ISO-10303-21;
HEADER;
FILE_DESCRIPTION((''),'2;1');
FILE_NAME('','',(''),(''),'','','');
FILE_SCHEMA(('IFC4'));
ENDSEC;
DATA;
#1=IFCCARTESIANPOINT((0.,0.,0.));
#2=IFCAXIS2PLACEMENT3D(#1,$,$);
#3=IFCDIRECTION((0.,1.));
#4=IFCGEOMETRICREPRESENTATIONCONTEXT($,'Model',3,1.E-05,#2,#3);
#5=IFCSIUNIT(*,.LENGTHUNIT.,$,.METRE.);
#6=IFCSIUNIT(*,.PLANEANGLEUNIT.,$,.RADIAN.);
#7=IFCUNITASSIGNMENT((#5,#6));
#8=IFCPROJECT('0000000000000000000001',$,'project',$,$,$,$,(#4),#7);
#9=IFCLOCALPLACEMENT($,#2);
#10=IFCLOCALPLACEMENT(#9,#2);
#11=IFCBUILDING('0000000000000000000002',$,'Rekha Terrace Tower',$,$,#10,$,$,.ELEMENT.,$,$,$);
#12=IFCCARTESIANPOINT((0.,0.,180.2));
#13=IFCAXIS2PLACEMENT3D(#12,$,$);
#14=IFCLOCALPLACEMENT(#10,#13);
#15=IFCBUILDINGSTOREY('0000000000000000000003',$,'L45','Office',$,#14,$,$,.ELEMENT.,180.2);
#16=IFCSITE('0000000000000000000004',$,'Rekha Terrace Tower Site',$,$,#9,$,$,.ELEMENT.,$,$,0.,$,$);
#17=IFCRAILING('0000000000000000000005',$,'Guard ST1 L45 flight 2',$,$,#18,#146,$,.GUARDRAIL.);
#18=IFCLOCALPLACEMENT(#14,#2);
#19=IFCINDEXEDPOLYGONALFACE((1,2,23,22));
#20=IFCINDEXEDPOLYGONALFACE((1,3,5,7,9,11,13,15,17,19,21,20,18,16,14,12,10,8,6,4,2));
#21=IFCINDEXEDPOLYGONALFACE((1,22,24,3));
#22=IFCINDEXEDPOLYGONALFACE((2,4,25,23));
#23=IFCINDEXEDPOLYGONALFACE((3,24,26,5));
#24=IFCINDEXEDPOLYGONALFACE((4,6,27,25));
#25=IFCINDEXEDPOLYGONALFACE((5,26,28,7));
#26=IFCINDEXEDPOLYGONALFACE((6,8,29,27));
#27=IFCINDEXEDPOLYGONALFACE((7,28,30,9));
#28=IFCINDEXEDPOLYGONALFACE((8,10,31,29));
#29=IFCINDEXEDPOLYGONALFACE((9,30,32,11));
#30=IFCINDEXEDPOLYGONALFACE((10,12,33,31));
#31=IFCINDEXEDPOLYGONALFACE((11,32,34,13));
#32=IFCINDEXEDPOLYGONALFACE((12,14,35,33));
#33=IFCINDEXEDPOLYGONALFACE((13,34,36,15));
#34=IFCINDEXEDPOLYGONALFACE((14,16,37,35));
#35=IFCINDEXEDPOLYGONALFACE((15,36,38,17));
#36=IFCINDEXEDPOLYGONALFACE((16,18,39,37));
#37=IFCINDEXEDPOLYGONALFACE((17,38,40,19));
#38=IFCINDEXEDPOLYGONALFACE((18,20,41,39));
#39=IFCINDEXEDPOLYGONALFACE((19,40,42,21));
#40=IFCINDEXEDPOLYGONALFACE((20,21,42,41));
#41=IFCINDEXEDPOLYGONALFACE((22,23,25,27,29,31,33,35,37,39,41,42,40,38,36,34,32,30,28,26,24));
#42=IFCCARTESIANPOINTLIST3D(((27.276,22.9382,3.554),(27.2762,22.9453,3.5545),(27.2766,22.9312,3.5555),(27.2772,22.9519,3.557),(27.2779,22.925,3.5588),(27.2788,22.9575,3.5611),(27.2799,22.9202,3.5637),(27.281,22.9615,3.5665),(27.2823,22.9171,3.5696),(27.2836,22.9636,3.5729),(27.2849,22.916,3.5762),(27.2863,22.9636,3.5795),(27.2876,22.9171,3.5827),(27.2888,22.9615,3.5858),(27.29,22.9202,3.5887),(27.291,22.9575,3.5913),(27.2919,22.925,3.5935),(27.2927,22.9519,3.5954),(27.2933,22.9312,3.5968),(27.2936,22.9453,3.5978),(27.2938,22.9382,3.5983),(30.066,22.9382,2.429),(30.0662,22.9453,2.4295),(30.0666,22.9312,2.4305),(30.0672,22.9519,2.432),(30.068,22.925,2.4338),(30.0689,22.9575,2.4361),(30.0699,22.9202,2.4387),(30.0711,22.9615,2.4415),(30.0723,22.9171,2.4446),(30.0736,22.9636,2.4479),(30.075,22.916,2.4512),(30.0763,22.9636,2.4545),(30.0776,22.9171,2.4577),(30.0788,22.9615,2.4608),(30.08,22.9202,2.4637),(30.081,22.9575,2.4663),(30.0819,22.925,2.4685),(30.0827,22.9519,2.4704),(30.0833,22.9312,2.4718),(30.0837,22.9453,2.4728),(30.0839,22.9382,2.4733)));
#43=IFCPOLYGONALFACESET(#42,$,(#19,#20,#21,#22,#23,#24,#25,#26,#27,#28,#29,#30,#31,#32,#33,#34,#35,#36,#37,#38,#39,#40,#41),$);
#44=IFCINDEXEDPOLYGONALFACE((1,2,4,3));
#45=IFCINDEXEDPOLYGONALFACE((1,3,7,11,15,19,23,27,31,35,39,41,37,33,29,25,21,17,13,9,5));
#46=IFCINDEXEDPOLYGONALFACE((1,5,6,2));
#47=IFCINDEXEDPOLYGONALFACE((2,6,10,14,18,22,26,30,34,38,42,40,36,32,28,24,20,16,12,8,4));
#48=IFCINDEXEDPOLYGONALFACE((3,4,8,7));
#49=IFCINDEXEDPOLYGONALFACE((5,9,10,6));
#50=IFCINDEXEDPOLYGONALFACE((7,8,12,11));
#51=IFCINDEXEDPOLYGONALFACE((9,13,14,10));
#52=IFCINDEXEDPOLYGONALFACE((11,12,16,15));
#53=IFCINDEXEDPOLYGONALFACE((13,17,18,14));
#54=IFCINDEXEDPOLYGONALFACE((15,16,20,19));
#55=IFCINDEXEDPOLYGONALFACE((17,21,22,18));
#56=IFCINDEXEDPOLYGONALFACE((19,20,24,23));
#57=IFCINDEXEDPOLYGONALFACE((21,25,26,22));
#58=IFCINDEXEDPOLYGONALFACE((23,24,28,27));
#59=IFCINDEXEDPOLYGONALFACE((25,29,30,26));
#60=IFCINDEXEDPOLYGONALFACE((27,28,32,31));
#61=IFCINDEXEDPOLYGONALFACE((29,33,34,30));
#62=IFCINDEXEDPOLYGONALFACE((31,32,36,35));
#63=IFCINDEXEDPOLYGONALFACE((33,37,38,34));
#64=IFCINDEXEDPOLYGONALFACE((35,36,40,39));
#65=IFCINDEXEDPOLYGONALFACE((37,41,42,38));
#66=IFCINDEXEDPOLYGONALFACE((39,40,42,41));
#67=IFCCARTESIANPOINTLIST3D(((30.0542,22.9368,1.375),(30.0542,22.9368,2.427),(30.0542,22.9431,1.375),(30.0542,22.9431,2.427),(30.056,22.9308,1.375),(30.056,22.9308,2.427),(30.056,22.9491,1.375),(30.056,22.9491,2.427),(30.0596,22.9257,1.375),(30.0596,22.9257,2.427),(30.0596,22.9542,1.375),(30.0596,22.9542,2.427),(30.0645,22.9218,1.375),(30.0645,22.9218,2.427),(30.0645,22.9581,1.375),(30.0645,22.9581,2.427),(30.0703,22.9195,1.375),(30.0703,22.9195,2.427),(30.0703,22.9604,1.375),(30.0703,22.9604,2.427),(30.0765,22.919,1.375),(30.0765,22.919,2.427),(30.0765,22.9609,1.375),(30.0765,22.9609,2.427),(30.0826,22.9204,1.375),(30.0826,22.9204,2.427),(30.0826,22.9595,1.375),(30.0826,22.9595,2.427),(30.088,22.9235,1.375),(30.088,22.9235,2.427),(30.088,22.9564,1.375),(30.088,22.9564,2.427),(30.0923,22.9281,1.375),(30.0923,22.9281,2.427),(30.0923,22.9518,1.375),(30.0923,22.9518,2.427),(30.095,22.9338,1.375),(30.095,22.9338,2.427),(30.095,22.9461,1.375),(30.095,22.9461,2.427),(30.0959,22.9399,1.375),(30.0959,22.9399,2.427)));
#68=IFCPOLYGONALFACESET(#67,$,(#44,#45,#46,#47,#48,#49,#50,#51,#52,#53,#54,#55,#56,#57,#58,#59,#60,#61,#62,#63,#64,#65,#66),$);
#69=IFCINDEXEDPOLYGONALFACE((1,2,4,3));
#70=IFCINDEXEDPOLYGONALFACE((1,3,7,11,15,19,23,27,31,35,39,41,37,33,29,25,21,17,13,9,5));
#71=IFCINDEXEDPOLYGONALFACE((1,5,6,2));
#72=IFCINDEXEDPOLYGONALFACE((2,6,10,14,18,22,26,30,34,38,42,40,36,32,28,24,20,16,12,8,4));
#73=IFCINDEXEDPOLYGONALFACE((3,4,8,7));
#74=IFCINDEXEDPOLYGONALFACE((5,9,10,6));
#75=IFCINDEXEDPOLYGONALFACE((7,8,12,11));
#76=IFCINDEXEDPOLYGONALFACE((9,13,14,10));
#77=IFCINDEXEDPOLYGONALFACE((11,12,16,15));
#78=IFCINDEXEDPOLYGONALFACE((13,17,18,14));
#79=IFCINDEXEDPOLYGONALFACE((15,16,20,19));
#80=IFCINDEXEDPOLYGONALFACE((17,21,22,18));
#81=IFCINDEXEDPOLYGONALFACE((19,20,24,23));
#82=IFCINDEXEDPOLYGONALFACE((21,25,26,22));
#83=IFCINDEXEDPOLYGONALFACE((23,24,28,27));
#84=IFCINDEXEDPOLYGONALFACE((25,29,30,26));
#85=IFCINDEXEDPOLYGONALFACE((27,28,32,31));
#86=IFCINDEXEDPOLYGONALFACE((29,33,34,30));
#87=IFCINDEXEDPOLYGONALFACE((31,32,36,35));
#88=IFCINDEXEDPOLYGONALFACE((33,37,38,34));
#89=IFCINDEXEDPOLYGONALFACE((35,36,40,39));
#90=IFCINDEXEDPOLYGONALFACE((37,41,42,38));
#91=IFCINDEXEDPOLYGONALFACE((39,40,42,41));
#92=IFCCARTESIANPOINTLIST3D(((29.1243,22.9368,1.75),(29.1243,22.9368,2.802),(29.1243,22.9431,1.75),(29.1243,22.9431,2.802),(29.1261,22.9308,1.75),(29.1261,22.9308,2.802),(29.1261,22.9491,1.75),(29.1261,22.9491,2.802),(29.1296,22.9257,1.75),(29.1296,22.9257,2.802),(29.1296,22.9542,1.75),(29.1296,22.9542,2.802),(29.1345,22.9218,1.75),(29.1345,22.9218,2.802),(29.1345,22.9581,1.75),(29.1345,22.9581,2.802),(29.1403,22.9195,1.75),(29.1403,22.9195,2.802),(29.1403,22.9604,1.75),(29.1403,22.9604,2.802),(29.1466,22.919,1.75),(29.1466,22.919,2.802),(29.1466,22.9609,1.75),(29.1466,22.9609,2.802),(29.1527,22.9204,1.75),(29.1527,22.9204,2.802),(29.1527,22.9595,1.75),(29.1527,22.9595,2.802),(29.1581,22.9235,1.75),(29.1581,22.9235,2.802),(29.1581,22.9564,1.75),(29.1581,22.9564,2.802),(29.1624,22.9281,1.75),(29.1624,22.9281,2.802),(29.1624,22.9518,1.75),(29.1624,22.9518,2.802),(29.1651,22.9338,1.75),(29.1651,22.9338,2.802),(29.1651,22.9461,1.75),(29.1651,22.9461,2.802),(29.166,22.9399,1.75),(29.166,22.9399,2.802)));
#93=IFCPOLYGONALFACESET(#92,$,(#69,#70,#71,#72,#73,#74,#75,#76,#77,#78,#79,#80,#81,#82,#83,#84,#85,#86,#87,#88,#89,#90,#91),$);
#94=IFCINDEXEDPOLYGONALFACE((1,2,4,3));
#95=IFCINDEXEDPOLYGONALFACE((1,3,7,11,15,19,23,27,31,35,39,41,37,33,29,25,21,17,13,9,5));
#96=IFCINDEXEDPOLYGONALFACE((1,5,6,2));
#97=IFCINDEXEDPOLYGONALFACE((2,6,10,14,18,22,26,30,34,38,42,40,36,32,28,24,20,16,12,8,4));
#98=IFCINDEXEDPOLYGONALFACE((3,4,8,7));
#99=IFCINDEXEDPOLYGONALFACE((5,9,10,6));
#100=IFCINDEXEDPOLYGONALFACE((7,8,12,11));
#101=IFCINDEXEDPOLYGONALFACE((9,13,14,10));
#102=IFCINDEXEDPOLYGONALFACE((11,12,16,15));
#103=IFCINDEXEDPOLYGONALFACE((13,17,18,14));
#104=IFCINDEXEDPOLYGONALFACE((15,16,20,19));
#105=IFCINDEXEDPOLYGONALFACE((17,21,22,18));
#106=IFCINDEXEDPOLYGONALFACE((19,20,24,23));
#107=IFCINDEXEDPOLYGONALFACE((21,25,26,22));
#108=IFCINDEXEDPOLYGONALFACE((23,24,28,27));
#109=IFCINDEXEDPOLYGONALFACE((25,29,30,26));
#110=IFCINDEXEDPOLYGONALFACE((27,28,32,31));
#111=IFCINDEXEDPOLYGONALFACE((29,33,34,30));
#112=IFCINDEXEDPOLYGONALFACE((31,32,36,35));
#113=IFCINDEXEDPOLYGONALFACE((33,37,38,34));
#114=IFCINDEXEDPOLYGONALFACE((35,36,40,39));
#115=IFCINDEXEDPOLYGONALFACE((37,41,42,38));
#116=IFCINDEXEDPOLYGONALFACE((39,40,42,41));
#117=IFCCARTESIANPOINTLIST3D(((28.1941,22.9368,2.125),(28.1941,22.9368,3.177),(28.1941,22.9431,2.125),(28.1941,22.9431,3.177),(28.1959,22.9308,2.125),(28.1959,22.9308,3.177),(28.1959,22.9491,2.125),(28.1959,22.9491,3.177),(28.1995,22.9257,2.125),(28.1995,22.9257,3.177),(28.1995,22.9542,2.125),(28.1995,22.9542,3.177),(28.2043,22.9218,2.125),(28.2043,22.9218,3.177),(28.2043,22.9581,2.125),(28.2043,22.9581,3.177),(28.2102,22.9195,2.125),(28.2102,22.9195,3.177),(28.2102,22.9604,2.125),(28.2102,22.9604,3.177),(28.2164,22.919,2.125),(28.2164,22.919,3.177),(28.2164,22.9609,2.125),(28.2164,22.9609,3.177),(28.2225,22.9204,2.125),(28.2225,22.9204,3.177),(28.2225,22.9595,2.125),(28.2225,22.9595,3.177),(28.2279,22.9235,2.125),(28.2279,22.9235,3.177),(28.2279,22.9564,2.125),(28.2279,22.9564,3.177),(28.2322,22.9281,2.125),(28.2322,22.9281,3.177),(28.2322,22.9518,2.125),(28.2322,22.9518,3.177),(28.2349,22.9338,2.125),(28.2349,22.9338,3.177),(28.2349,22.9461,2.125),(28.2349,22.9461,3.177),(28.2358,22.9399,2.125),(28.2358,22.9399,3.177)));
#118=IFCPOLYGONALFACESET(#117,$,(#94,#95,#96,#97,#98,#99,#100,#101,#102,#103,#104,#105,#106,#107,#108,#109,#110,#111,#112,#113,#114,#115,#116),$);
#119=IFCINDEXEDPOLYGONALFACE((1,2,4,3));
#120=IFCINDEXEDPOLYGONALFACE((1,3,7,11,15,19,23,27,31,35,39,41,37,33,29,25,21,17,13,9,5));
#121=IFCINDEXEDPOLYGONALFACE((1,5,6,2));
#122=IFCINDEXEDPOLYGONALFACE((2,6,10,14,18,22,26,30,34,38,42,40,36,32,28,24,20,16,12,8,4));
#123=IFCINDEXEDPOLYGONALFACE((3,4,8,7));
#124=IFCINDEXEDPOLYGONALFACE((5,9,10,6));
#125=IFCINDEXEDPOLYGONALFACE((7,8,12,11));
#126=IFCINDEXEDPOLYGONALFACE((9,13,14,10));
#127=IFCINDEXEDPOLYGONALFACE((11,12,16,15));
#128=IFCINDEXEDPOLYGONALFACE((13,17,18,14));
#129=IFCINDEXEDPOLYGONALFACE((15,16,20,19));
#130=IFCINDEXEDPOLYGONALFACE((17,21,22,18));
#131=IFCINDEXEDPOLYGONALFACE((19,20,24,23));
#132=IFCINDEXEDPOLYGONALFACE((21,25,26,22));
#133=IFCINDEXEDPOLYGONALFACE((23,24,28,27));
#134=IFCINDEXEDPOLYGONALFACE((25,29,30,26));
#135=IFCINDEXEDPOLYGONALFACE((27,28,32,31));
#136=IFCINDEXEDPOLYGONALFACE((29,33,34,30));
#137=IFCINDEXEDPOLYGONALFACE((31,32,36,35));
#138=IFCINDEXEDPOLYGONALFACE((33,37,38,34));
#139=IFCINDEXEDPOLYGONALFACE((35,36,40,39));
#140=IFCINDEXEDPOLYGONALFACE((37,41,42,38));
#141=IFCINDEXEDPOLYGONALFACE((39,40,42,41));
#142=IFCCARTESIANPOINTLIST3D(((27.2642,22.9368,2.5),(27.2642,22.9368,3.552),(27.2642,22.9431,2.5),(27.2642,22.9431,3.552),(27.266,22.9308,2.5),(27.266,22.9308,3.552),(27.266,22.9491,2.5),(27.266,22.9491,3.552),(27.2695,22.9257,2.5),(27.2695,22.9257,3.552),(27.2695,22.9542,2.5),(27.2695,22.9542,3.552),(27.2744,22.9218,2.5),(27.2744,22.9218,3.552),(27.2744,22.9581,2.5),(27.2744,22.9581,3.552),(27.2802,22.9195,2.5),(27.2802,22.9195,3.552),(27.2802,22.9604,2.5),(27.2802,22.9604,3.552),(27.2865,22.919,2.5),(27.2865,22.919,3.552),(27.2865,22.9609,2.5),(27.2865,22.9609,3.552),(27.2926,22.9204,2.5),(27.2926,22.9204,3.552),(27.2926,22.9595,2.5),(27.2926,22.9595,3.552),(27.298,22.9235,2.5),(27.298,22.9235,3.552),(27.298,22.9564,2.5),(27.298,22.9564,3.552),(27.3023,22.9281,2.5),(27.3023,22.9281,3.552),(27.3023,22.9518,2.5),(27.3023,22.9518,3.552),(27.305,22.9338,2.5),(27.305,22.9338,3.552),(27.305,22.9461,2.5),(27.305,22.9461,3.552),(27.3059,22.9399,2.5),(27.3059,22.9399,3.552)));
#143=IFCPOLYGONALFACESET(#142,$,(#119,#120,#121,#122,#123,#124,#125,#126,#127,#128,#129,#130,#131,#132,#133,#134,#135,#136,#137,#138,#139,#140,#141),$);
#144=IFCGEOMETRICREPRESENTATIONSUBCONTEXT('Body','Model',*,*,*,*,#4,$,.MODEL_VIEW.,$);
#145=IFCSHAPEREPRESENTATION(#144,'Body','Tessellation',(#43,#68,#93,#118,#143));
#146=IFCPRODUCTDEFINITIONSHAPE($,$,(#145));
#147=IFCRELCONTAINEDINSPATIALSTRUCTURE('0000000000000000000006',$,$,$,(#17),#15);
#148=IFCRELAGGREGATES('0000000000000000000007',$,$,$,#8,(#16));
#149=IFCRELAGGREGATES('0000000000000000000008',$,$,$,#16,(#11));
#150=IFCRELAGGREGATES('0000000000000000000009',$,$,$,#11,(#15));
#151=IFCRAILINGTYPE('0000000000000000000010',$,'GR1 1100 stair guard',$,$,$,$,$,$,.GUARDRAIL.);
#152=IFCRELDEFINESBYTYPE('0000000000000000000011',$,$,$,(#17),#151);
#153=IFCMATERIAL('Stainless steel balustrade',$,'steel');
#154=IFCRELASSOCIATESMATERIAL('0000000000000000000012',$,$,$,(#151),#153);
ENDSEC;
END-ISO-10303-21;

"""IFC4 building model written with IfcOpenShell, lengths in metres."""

from ifc_helpers import new_model, si_unit, direction, frame, origin, origin_2d, place, context, subcontext, project, spatial, circle, extrude, material, type_object, element, save


model = new_model("IFC4")

# Units and contexts
model_context = context("Model", 3, precision=1e-05, world=origin(), true_north=direction((0.0, 1.0)))
body_context = subcontext(model_context, "Body", "Model", "MODEL_VIEW")
ifc_project = project(units=[si_unit("LENGTHUNIT", "METRE"), si_unit("PLANEANGLEUNIT", "RADIAN")], contexts=[model_context])

# Site, building, storey
site_placement = place(None, origin())
site = spatial("IfcSite", under=ifc_project, at=site_placement, Name="Rekha Terrace Tower Site", CompositionType="ELEMENT", RefElevation=0.0)
building_placement = place(site_placement, origin())
building = spatial("IfcBuilding", under=site, at=building_placement, Name="Rekha Terrace Tower", CompositionType="ELEMENT")
storey_placement = place(building_placement, frame((0.0, 0.0, 180.2)))
storey = spatial("IfcBuildingStorey", under=building, at=storey_placement, Name="L45", Description="Office", CompositionType="ELEMENT", Elevation=180.2)

# Railing
ifc_material_1 = material(Name="Stainless steel balustrade", Category="steel")
railing_type_1 = type_object("IfcRailingType", Name="GR1 1100 stair guard", PredefinedType="GUARDRAIL", material=ifc_material_1)
railing_1_placement = place(storey_placement, frame((30.075, 22.9399, 1.375)))
element("IfcRailing", 1, at=railing_1_placement, inside=storey, type_object=railing_type_1, Name="Guard ST1 L45 flight 2", PredefinedType="GUARDRAIL", context=body_context, shape_type="SweptSolid", body=[
    extrude(circle(Radius=0.0239, at=origin_2d()), frame((0.0, 0.0, 1.0762), z_axis=(-0.927443, 0.0, 0.373964), x_axis=(0.0, -1.0, 0.0)), (0.0, 0.0, 1.0), 3.0083),
    extrude(circle(Radius=0.021, at=origin_2d()), origin(), (0.0, 0.0, 1.0), 1.052),
    extrude(circle(Radius=0.021, at=origin_2d()), frame((-0.9299, 0.0, 0.375)), (0.0, 0.0, 1.0), 1.052),
    extrude(circle(Radius=0.021, at=origin_2d()), frame((-1.8601, 0.0, 0.75)), (0.0, 0.0, 1.0), 1.052),
    extrude(circle(Radius=0.021, at=origin_2d()), frame((-2.79, 0.0, 1.125)), (0.0, 0.0, 1.0), 1.052),
])

save(model, "model.ifc")
